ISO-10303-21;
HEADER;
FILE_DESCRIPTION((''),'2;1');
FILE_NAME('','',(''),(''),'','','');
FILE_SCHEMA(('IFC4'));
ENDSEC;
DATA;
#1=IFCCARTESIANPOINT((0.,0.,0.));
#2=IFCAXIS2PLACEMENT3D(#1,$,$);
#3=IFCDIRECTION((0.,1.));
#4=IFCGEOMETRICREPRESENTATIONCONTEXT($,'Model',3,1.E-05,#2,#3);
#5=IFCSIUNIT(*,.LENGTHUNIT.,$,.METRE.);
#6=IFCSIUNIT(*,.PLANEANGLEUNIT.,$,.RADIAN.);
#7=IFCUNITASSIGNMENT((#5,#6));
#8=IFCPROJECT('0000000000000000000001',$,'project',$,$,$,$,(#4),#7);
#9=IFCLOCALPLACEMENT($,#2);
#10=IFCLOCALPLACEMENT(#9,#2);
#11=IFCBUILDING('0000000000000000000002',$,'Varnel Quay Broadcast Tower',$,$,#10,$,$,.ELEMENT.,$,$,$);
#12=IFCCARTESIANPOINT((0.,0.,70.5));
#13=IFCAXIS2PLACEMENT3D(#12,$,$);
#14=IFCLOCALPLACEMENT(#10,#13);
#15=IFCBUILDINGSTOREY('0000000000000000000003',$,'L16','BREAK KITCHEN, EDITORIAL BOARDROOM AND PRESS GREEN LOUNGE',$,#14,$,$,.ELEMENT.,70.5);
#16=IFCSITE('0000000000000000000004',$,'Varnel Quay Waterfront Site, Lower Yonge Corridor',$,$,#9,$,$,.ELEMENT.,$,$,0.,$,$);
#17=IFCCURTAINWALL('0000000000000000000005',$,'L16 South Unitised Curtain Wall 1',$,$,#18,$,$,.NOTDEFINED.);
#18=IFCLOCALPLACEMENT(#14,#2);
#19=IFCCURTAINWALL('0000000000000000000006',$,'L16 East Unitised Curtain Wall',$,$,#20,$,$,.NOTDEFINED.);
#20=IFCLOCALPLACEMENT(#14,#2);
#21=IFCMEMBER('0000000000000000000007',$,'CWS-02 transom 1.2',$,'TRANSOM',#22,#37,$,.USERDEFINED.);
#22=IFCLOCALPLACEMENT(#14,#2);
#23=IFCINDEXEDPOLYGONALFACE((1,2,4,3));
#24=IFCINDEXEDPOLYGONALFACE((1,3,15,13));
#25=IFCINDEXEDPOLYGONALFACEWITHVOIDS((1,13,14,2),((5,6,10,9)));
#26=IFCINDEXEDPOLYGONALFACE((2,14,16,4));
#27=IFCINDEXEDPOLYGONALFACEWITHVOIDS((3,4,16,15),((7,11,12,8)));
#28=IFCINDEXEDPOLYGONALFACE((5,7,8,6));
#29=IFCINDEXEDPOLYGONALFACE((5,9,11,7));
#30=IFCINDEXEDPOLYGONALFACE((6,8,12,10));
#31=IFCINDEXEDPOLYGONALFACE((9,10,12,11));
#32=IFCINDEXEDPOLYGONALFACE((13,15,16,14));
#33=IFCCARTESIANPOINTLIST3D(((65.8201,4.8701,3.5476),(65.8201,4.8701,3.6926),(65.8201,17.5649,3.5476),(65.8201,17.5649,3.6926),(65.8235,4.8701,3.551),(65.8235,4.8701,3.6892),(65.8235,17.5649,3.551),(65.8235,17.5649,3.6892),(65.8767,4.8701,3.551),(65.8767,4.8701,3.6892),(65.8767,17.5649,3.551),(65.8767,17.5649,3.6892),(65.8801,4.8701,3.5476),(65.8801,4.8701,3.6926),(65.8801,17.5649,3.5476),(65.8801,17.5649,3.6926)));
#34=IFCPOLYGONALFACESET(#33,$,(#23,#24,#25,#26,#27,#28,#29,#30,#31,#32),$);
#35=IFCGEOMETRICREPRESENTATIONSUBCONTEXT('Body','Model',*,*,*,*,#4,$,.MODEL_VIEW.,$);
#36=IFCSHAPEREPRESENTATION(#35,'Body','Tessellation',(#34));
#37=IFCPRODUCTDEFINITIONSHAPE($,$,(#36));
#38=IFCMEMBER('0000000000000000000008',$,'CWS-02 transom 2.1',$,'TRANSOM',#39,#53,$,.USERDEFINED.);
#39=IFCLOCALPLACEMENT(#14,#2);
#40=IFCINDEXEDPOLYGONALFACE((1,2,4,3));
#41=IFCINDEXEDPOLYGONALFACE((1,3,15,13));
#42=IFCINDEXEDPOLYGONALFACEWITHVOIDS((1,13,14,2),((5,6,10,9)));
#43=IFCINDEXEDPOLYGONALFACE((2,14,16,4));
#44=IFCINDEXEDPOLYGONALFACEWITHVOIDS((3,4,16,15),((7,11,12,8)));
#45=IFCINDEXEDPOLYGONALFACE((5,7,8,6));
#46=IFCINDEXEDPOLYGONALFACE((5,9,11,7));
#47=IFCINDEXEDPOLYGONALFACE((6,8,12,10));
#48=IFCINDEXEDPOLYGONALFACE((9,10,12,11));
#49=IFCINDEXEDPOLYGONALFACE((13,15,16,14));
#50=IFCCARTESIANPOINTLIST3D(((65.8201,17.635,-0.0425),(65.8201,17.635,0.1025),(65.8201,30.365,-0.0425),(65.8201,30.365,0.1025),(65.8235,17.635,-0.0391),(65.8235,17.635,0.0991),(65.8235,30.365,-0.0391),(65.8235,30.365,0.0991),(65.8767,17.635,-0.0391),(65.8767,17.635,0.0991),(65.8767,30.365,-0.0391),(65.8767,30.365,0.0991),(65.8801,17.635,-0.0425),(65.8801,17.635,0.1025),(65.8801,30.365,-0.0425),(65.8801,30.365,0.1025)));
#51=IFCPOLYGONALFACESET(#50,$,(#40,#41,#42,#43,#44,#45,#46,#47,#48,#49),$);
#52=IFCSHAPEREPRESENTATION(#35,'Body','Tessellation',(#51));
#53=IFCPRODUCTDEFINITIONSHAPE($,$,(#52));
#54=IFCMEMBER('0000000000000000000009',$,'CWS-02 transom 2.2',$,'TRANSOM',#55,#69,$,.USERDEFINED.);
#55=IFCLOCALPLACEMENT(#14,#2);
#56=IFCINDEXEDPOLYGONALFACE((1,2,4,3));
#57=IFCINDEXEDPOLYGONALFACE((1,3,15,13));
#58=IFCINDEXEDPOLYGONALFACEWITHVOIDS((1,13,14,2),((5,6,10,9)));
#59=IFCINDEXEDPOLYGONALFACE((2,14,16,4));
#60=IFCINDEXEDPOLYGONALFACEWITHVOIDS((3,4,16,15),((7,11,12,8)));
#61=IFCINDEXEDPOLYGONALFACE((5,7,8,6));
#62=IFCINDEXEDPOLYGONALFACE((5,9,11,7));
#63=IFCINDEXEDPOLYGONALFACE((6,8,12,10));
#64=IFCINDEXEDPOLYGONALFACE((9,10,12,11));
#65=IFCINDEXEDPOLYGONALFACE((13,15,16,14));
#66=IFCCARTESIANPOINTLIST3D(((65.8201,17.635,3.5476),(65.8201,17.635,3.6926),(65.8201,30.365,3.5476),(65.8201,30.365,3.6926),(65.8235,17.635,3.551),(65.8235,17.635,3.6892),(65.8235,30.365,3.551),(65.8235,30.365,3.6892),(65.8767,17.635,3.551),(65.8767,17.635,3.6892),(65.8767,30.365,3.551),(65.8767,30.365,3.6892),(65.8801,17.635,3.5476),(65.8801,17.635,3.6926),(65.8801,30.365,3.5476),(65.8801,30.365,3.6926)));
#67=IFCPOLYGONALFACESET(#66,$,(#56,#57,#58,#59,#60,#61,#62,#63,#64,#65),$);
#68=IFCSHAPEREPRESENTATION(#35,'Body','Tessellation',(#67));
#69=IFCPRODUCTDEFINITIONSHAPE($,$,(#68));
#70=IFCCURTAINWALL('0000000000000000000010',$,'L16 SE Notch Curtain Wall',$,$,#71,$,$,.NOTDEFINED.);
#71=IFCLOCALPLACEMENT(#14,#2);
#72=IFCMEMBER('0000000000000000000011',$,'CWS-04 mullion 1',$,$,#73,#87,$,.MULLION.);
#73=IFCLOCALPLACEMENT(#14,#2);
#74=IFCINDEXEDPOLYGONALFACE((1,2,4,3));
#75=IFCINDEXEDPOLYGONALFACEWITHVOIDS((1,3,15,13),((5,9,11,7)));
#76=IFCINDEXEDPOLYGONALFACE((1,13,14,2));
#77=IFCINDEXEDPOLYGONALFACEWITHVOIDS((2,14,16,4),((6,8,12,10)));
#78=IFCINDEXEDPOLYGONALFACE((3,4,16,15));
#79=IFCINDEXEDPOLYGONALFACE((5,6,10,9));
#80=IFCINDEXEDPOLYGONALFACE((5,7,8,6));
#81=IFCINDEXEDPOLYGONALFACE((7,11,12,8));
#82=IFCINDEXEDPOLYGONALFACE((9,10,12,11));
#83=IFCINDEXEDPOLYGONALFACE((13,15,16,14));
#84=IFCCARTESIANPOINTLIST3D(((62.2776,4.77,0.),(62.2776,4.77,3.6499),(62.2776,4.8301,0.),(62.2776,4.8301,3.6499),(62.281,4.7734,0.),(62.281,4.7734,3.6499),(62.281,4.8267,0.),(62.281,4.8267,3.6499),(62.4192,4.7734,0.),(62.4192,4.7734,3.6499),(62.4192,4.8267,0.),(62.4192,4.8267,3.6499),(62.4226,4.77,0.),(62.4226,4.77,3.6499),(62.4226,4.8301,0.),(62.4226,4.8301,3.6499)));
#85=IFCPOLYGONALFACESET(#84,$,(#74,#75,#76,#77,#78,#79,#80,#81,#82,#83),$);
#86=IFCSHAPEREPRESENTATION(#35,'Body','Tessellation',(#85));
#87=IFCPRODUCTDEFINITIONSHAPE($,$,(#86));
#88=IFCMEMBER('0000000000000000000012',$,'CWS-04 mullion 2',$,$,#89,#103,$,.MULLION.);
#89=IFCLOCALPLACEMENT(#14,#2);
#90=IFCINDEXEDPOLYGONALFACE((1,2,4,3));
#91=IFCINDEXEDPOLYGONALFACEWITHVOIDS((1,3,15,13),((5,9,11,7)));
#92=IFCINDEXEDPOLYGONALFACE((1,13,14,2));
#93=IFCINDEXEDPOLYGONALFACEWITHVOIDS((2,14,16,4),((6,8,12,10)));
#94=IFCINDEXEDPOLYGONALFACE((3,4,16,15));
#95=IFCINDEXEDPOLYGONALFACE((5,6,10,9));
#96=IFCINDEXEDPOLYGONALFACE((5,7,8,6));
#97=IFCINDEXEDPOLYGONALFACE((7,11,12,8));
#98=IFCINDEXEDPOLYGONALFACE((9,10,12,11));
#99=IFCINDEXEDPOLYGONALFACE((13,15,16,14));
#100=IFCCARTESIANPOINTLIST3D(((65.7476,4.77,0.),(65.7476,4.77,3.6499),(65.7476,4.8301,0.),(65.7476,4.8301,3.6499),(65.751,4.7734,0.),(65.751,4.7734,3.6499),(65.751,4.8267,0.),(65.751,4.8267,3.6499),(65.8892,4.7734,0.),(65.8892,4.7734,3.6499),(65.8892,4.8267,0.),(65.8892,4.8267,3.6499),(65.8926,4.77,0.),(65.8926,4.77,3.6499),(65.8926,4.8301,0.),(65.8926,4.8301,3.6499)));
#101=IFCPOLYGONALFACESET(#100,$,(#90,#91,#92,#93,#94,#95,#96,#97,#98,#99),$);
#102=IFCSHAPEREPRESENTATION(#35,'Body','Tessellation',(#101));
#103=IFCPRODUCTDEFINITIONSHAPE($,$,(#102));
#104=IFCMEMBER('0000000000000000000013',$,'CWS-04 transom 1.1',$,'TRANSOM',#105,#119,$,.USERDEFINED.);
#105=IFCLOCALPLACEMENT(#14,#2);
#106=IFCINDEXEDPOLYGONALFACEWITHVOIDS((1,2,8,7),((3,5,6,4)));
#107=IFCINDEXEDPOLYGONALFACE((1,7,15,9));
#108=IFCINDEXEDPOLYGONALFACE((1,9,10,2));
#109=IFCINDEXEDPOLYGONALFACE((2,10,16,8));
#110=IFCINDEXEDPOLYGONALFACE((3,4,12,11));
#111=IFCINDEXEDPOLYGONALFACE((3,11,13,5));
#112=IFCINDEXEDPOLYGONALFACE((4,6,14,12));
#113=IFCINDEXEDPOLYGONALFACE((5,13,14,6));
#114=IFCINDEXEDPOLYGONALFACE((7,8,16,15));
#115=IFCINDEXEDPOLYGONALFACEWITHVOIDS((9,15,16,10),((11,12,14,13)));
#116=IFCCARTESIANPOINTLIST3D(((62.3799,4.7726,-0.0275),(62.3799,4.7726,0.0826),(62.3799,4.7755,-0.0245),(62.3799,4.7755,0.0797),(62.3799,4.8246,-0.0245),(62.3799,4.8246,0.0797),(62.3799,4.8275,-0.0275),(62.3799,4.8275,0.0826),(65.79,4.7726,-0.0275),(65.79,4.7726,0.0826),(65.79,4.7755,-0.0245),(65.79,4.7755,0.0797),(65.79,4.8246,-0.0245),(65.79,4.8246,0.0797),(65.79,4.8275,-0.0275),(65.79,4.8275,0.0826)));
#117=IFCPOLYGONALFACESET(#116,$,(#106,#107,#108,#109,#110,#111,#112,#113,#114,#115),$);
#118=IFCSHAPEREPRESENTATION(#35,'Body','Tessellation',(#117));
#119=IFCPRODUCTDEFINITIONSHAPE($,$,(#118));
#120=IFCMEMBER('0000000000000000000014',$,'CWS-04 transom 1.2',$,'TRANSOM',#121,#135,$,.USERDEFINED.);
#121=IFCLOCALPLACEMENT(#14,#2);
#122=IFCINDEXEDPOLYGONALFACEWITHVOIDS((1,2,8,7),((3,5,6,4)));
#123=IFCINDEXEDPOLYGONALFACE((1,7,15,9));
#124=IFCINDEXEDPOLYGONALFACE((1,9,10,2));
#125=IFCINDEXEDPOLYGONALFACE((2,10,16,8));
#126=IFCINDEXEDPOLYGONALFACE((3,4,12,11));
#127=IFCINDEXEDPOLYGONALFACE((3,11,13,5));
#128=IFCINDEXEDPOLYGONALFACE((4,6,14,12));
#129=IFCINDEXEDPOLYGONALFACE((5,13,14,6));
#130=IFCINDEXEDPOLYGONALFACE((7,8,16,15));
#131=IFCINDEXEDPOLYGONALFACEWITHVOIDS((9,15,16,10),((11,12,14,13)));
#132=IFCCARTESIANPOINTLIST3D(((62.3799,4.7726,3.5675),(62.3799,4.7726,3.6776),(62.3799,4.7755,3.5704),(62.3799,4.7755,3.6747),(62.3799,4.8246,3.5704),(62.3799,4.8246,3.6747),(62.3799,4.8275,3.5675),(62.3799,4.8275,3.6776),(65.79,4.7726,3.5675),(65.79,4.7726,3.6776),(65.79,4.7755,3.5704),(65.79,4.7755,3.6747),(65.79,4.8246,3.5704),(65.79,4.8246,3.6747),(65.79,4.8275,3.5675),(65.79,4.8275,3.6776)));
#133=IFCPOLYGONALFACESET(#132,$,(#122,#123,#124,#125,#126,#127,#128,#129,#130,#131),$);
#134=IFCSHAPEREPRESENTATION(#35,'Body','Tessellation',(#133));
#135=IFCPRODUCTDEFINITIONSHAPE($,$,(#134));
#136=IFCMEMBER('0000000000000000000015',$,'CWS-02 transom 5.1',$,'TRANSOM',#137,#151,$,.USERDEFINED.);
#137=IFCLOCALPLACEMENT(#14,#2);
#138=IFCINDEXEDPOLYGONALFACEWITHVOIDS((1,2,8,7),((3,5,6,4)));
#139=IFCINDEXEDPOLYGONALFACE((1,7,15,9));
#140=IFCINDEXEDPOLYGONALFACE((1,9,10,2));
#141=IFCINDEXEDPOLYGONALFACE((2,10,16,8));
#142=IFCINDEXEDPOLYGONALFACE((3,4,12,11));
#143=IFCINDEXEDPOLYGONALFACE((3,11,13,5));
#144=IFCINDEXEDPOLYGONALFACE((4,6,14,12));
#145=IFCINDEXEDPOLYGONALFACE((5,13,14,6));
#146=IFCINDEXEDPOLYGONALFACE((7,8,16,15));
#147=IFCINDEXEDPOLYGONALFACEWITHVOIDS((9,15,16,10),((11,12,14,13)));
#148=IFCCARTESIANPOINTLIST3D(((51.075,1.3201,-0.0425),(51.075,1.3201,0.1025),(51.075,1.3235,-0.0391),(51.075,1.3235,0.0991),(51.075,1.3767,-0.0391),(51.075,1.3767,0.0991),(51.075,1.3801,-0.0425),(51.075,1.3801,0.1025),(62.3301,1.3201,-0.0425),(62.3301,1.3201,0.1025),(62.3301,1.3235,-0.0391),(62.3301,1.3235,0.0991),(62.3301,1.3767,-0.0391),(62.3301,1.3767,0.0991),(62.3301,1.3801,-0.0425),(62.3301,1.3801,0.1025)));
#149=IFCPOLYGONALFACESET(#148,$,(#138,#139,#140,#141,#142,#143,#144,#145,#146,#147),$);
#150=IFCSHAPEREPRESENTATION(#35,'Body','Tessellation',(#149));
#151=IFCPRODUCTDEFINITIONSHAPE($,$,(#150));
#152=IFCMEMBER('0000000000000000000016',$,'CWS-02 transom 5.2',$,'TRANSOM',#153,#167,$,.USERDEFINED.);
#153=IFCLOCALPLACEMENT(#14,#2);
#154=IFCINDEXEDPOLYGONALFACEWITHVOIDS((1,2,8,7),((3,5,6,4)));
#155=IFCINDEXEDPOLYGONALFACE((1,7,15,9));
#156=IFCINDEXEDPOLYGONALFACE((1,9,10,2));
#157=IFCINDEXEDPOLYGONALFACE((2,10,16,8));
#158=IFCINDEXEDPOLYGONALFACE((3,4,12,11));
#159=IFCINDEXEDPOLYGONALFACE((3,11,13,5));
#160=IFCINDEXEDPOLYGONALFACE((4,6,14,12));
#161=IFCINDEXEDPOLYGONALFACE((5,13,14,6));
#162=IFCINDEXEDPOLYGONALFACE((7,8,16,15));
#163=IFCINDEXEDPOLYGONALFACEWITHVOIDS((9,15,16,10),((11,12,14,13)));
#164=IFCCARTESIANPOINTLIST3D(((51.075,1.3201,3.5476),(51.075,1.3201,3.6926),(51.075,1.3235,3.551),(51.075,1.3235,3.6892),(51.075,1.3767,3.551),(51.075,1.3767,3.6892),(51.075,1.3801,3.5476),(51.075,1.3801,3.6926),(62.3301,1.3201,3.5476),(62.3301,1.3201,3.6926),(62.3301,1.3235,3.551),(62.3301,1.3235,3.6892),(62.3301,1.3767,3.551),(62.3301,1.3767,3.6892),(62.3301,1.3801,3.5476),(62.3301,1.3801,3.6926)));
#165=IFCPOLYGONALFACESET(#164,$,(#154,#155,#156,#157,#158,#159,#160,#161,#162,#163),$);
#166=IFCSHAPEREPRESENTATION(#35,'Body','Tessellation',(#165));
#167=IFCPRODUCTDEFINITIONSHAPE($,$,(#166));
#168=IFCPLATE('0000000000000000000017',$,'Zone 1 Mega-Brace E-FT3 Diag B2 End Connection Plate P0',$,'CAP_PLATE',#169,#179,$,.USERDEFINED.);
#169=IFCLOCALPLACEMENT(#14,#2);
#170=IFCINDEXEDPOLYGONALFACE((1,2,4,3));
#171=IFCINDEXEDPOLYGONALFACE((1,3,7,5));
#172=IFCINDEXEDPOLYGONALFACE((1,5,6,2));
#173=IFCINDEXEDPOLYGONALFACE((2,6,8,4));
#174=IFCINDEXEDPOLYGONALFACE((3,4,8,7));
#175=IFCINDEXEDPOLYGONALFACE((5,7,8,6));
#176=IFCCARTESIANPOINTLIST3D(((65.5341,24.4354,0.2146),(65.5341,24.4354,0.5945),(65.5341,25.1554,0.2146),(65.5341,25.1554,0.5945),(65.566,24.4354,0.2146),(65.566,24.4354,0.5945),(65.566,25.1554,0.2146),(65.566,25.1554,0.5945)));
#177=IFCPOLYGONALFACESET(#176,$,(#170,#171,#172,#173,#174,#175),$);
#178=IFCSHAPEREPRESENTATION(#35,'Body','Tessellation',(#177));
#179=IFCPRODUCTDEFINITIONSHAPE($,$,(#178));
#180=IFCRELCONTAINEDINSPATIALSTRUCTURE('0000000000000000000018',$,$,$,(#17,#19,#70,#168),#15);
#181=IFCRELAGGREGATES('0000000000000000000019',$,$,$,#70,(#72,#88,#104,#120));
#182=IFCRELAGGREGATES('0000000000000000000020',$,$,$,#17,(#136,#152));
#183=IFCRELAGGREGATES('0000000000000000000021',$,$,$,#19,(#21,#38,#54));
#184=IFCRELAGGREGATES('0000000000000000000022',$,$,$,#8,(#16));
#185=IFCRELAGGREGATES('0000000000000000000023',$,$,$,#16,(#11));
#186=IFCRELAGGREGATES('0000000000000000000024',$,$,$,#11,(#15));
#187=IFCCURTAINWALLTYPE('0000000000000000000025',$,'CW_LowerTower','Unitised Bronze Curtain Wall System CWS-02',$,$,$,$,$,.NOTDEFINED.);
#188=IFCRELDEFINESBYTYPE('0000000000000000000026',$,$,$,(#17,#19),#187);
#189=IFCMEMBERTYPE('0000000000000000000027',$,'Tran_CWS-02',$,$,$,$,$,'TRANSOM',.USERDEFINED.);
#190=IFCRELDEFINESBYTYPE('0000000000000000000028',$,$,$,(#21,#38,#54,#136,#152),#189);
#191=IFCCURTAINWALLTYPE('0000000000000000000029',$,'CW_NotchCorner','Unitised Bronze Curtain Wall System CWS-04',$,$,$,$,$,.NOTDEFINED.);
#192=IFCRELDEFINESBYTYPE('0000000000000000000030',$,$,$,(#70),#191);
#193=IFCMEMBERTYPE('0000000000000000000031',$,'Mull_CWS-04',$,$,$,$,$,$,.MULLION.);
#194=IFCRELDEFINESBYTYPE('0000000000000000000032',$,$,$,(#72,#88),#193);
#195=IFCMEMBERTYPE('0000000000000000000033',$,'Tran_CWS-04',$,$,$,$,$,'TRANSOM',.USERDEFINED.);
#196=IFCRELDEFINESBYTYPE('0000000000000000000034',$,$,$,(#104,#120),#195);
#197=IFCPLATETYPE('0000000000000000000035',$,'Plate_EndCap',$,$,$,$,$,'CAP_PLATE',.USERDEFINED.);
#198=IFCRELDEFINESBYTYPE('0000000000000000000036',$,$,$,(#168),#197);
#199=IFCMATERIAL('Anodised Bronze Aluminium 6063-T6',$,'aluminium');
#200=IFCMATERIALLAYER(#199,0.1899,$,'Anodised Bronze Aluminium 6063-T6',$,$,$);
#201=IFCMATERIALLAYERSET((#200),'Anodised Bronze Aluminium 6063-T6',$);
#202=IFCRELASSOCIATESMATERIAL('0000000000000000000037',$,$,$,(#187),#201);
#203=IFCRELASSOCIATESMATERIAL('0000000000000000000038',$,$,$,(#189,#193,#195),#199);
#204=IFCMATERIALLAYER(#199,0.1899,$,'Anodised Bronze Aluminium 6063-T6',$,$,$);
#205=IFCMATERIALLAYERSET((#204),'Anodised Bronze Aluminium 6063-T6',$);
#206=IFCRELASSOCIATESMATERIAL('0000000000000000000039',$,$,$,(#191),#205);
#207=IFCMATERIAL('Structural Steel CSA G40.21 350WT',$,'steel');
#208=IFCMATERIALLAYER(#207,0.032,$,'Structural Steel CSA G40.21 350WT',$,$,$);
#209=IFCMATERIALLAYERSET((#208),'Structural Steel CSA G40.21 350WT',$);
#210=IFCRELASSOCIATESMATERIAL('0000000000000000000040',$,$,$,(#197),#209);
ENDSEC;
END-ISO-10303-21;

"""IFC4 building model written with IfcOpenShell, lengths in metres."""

from ifc_helpers import new_model, si_unit, direction, frame, origin, origin_2d, place, context, subcontext, project, spatial, rectangle, hollow_rectangle, extrude, source, transform, mapped, material, layer, layer_set, material_profile, profile_set, type_object, type_shapes, element, aggregate, save


model = new_model("IFC4")

# Units and contexts
model_context = context("Model", 3, precision=1e-05, world=origin(), true_north=direction((0.0, 1.0)))
body_context = subcontext(model_context, "Body", "Model", "MODEL_VIEW")
ifc_project = project(units=[si_unit("LENGTHUNIT", "METRE"), si_unit("PLANEANGLEUNIT", "RADIAN")], contexts=[model_context])

# Site, building, storey
site_placement = place(None, origin())
site = spatial("IfcSite", under=ifc_project, at=site_placement, Name="Varnel Quay Waterfront Site, Lower Yonge Corridor", CompositionType="ELEMENT", RefElevation=0.0)
building_placement = place(site_placement, origin())
building = spatial("IfcBuilding", under=site, at=building_placement, Name="Varnel Quay Broadcast Tower", CompositionType="ELEMENT")
storey_placement = place(building_placement, frame((0.0, 0.0, 70.5)))
storey = spatial("IfcBuildingStorey", under=building, at=storey_placement, Name="L16", Description="BREAK KITCHEN, EDITORIAL BOARDROOM AND PRESS GREEN LOUNGE", CompositionType="ELEMENT", Elevation=70.5)

# Shared definitions
ifc_material_1 = material(Name="Structural Steel CSA G40.21 350WT", Category="steel")

# Curtain walls, members
ifc_material_2 = material(Name="Anodised Bronze Aluminium 6063-T6", Category="aluminium")
ifc_layer_1 = layer(ifc_material_2, 0.1899, Name="Anodised Bronze Aluminium 6063-T6")
ifc_layer_set_1 = layer_set([ifc_layer_1], Name="Anodised Bronze Aluminium 6063-T6")
curtain_wall_type_1 = type_object("IfcCurtainWallType", Name="CW_LowerTower", Description="Unitised Bronze Curtain Wall System CWS-02", PredefinedType="NOTDEFINED", material=ifc_layer_set_1)
curtain_wall_1_placement = place(storey_placement, origin())
curtain_wall_1 = element("IfcCurtainWall", 1, at=curtain_wall_1_placement, inside=storey, type_object=curtain_wall_type_1, Name="L16 South Unitised Curtain Wall 1", PredefinedType="NOTDEFINED")
curtain_wall_2_placement = place(storey_placement, origin())
curtain_wall_2 = element("IfcCurtainWall", 2, at=curtain_wall_2_placement, inside=storey, type_object=curtain_wall_type_1, Name="L16 East Unitised Curtain Wall", PredefinedType="NOTDEFINED")
ifc_material_profile_1 = material_profile(ifc_material_2, hollow_rectangle(XDim=0.0601, YDim=0.145, WallThickness=0.0034, at=origin_2d()), Name="ALU60X145X3.5")
ifc_profile_set_1 = profile_set([ifc_material_profile_1], Name="Anodised Bronze Aluminium 6063-T6")
member_type_1 = type_object("IfcMemberType", Name="Tran_CWS-02", ElementType="TRANSOM", PredefinedType="USERDEFINED", material=ifc_profile_set_1)
shared_shape_1 = source(origin(), body_context, "Body", "SweptSolid", [
    extrude(hollow_rectangle(XDim=0.0601, YDim=0.145, WallThickness=0.0034, at=origin_2d()), origin(), (0.0, 0.0, 1.0), 12.6948),
])
member_1_placement = place(storey_placement, frame((65.8501, 4.8701, 3.6201), z_axis=(0.0, 1.0, 0.0), x_axis=(-1.0, 0.0, 0.0)))
member_1 = element("IfcMember", 3, at=member_1_placement, type_object=member_type_1, Name="CWS-02 transom 1.2", ObjectType="TRANSOM", PredefinedType="USERDEFINED", context=body_context, shape_type="MappedRepresentation", body=[
    mapped(shared_shape_1, transform((0.0, 0.0, 0.0), x_axis=(1.0, 0.0, 0.0), y_axis=(0.0, 1.0, 0.0), z_axis=(0.0, 0.0, 1.0), scale=1.0)),
])
shared_shape_2 = source(origin(), body_context, "Body", "SweptSolid", [
    extrude(hollow_rectangle(XDim=0.0601, YDim=0.145, WallThickness=0.0034, at=origin_2d()), origin(), (0.0, 0.0, 1.0), 12.73),
])
member_2_placement = place(storey_placement, frame((65.8501, 17.635, 0.03), z_axis=(0.0, 1.0, 0.0), x_axis=(-1.0, 0.0, 0.0)))
member_2 = element("IfcMember", 4, at=member_2_placement, type_object=member_type_1, Name="CWS-02 transom 2.1", ObjectType="TRANSOM", PredefinedType="USERDEFINED", context=body_context, shape_type="MappedRepresentation", body=[
    mapped(shared_shape_2, transform((0.0, 0.0, 0.0), x_axis=(1.0, 0.0, 0.0), y_axis=(0.0, 1.0, 0.0), z_axis=(0.0, 0.0, 1.0), scale=1.0)),
])
member_3_placement = place(storey_placement, frame((65.8501, 17.635, 3.6201), z_axis=(0.0, 1.0, 0.0), x_axis=(-1.0, 0.0, 0.0)))
member_3 = element("IfcMember", 5, at=member_3_placement, type_object=member_type_1, Name="CWS-02 transom 2.2", ObjectType="TRANSOM", PredefinedType="USERDEFINED", context=body_context, shape_type="MappedRepresentation", body=[
    mapped(shared_shape_2, transform((0.0, 0.0, 0.0), x_axis=(1.0, 0.0, 0.0), y_axis=(0.0, 1.0, 0.0), z_axis=(0.0, 0.0, 1.0), scale=1.0)),
])
ifc_layer_2 = layer(ifc_material_2, 0.1899, Name="Anodised Bronze Aluminium 6063-T6")
ifc_layer_set_2 = layer_set([ifc_layer_2], Name="Anodised Bronze Aluminium 6063-T6")
curtain_wall_type_2 = type_object("IfcCurtainWallType", Name="CW_NotchCorner", Description="Unitised Bronze Curtain Wall System CWS-04", PredefinedType="NOTDEFINED", material=ifc_layer_set_2)
curtain_wall_3_placement = place(storey_placement, origin())
curtain_wall_3 = element("IfcCurtainWall", 6, at=curtain_wall_3_placement, inside=storey, type_object=curtain_wall_type_2, Name="L16 SE Notch Curtain Wall", PredefinedType="NOTDEFINED")
ifc_material_profile_2 = material_profile(ifc_material_2, hollow_rectangle(XDim=0.0601, YDim=0.145, WallThickness=0.0034, at=origin_2d()), Name="ALU60X145X3.5")
ifc_profile_set_2 = profile_set([ifc_material_profile_2], Name="Anodised Bronze Aluminium 6063-T6")
member_type_2 = type_object("IfcMemberType", Name="Mull_CWS-04", PredefinedType="MULLION", material=ifc_profile_set_2)
shared_shape_3 = source(origin(), body_context, "Body", "SweptSolid", [
    extrude(hollow_rectangle(XDim=0.0601, YDim=0.145, WallThickness=0.0034, at=origin_2d()), origin(), (0.0, 0.0, 1.0), 3.6499),
])
type_shapes(member_type_2, [shared_shape_3])
member_4_placement = place(storey_placement, frame((62.3501, 4.8, 0.0), z_axis=(0.0, 0.0, 1.0), x_axis=(0.0, 1.0, 0.0)))
member_4 = element("IfcMember", 7, at=member_4_placement, type_object=member_type_2, Name="CWS-04 mullion 1", PredefinedType="MULLION", context=body_context, shape_type="MappedRepresentation", body=[
    mapped(shared_shape_3, transform((0.0, 0.0, 0.0), x_axis=(1.0, 0.0, 0.0), y_axis=(0.0, 1.0, 0.0), z_axis=(0.0, 0.0, 1.0), scale=1.0)),
])
member_5_placement = place(storey_placement, frame((65.8201, 4.8, 0.0), z_axis=(0.0, 0.0, 1.0), x_axis=(0.0, 1.0, 0.0)))
member_5 = element("IfcMember", 8, at=member_5_placement, type_object=member_type_2, Name="CWS-04 mullion 2", PredefinedType="MULLION", context=body_context, shape_type="MappedRepresentation", body=[
    mapped(shared_shape_3, transform((0.0, 0.0, 0.0), x_axis=(1.0, 0.0, 0.0), y_axis=(0.0, 1.0, 0.0), z_axis=(0.0, 0.0, 1.0), scale=1.0)),
])
ifc_material_profile_3 = material_profile(ifc_material_2, hollow_rectangle(XDim=0.0549, YDim=0.1101, WallThickness=0.0029, at=origin_2d()), Name="ALU55X110X3")
ifc_profile_set_3 = profile_set([ifc_material_profile_3], Name="Anodised Bronze Aluminium 6063-T6")
member_type_3 = type_object("IfcMemberType", Name="Tran_CWS-04", ElementType="TRANSOM", PredefinedType="USERDEFINED", material=ifc_profile_set_3)
shared_shape_4 = source(origin(), body_context, "Body", "SweptSolid", [
    extrude(hollow_rectangle(XDim=0.0549, YDim=0.1101, WallThickness=0.0029, at=origin_2d()), origin(), (0.0, 0.0, 1.0), 3.4102),
])
type_shapes(member_type_3, [shared_shape_4])
member_6_placement = place(storey_placement, frame((62.3799, 4.8, 0.0276), z_axis=(1.0, 0.0, 0.0), x_axis=(0.0, 1.0, 0.0)))
member_6 = element("IfcMember", 9, at=member_6_placement, type_object=member_type_3, Name="CWS-04 transom 1.1", ObjectType="TRANSOM", PredefinedType="USERDEFINED", context=body_context, shape_type="MappedRepresentation", body=[
    mapped(shared_shape_4, transform((0.0, 0.0, 0.0), x_axis=(1.0, 0.0, 0.0), y_axis=(0.0, 1.0, 0.0), z_axis=(0.0, 0.0, 1.0), scale=1.0)),
])
member_7_placement = place(storey_placement, frame((62.3799, 4.8, 3.6226), z_axis=(1.0, 0.0, 0.0), x_axis=(0.0, 1.0, 0.0)))
member_7 = element("IfcMember", 10, at=member_7_placement, type_object=member_type_3, Name="CWS-04 transom 1.2", ObjectType="TRANSOM", PredefinedType="USERDEFINED", context=body_context, shape_type="MappedRepresentation", body=[
    mapped(shared_shape_4, transform((0.0, 0.0, 0.0), x_axis=(1.0, 0.0, 0.0), y_axis=(0.0, 1.0, 0.0), z_axis=(0.0, 0.0, 1.0), scale=1.0)),
])

# Members
shared_shape_5 = source(origin(), body_context, "Body", "SweptSolid", [
    extrude(hollow_rectangle(XDim=0.0601, YDim=0.145, WallThickness=0.0034, at=origin_2d()), origin(), (0.0, 0.0, 1.0), 11.2551),
])
type_shapes(member_type_1, [shared_shape_1, shared_shape_2, shared_shape_5])
member_8_placement = place(storey_placement, frame((51.075, 1.3501, 0.03), z_axis=(1.0, 0.0, 0.0), x_axis=(0.0, 1.0, 0.0)))
member_8 = element("IfcMember", 11, at=member_8_placement, type_object=member_type_1, Name="CWS-02 transom 5.1", ObjectType="TRANSOM", PredefinedType="USERDEFINED", context=body_context, shape_type="MappedRepresentation", body=[
    mapped(shared_shape_5, transform((0.0, 0.0, 0.0), x_axis=(1.0, 0.0, 0.0), y_axis=(0.0, 1.0, 0.0), z_axis=(0.0, 0.0, 1.0), scale=1.0)),
])
member_9_placement = place(storey_placement, frame((51.075, 1.3501, 3.6201), z_axis=(1.0, 0.0, 0.0), x_axis=(0.0, 1.0, 0.0)))
member_9 = element("IfcMember", 12, at=member_9_placement, type_object=member_type_1, Name="CWS-02 transom 5.2", ObjectType="TRANSOM", PredefinedType="USERDEFINED", context=body_context, shape_type="MappedRepresentation", body=[
    mapped(shared_shape_5, transform((0.0, 0.0, 0.0), x_axis=(1.0, 0.0, 0.0), y_axis=(0.0, 1.0, 0.0), z_axis=(0.0, 0.0, 1.0), scale=1.0)),
])

# Plate
ifc_layer_3 = layer(ifc_material_1, 0.032, Name="Structural Steel CSA G40.21 350WT")
ifc_layer_set_3 = layer_set([ifc_layer_3], Name="Structural Steel CSA G40.21 350WT")
plate_type_1 = type_object("IfcPlateType", Name="Plate_EndCap", ElementType="CAP_PLATE", PredefinedType="USERDEFINED", material=ifc_layer_set_3)
shared_shape_6 = source(origin(), body_context, "Body", "SweptSolid", [
    extrude(rectangle(XDim=0.72, YDim=0.032, at=origin_2d()), origin(), (0.0, 0.0, 1.0), 0.3799),
])
type_shapes(plate_type_1, [shared_shape_6])
plate_1_placement = place(storey_placement, frame((65.55, 24.7954, 0.2146), z_axis=(0.0, 0.0, 1.0), x_axis=(0.0, 1.0, 0.0)))
element("IfcPlate", 13, at=plate_1_placement, inside=storey, type_object=plate_type_1, Name="Zone 1 Mega-Brace E-FT3 Diag B2 End Connection Plate P0", ObjectType="CAP_PLATE", PredefinedType="USERDEFINED", context=body_context, shape_type="MappedRepresentation", body=[
    mapped(shared_shape_6, transform((0.0, 0.0, 0.0), x_axis=(1.0, 0.0, 0.0), y_axis=(0.0, 1.0, 0.0), z_axis=(0.0, 0.0, 1.0), scale=1.0)),
])
aggregate(curtain_wall_3, [member_4, member_5, member_6, member_7])
aggregate(curtain_wall_1, [member_8, member_9])
aggregate(curtain_wall_2, [member_1, member_2, member_3])

save(model, "model.ifc")
